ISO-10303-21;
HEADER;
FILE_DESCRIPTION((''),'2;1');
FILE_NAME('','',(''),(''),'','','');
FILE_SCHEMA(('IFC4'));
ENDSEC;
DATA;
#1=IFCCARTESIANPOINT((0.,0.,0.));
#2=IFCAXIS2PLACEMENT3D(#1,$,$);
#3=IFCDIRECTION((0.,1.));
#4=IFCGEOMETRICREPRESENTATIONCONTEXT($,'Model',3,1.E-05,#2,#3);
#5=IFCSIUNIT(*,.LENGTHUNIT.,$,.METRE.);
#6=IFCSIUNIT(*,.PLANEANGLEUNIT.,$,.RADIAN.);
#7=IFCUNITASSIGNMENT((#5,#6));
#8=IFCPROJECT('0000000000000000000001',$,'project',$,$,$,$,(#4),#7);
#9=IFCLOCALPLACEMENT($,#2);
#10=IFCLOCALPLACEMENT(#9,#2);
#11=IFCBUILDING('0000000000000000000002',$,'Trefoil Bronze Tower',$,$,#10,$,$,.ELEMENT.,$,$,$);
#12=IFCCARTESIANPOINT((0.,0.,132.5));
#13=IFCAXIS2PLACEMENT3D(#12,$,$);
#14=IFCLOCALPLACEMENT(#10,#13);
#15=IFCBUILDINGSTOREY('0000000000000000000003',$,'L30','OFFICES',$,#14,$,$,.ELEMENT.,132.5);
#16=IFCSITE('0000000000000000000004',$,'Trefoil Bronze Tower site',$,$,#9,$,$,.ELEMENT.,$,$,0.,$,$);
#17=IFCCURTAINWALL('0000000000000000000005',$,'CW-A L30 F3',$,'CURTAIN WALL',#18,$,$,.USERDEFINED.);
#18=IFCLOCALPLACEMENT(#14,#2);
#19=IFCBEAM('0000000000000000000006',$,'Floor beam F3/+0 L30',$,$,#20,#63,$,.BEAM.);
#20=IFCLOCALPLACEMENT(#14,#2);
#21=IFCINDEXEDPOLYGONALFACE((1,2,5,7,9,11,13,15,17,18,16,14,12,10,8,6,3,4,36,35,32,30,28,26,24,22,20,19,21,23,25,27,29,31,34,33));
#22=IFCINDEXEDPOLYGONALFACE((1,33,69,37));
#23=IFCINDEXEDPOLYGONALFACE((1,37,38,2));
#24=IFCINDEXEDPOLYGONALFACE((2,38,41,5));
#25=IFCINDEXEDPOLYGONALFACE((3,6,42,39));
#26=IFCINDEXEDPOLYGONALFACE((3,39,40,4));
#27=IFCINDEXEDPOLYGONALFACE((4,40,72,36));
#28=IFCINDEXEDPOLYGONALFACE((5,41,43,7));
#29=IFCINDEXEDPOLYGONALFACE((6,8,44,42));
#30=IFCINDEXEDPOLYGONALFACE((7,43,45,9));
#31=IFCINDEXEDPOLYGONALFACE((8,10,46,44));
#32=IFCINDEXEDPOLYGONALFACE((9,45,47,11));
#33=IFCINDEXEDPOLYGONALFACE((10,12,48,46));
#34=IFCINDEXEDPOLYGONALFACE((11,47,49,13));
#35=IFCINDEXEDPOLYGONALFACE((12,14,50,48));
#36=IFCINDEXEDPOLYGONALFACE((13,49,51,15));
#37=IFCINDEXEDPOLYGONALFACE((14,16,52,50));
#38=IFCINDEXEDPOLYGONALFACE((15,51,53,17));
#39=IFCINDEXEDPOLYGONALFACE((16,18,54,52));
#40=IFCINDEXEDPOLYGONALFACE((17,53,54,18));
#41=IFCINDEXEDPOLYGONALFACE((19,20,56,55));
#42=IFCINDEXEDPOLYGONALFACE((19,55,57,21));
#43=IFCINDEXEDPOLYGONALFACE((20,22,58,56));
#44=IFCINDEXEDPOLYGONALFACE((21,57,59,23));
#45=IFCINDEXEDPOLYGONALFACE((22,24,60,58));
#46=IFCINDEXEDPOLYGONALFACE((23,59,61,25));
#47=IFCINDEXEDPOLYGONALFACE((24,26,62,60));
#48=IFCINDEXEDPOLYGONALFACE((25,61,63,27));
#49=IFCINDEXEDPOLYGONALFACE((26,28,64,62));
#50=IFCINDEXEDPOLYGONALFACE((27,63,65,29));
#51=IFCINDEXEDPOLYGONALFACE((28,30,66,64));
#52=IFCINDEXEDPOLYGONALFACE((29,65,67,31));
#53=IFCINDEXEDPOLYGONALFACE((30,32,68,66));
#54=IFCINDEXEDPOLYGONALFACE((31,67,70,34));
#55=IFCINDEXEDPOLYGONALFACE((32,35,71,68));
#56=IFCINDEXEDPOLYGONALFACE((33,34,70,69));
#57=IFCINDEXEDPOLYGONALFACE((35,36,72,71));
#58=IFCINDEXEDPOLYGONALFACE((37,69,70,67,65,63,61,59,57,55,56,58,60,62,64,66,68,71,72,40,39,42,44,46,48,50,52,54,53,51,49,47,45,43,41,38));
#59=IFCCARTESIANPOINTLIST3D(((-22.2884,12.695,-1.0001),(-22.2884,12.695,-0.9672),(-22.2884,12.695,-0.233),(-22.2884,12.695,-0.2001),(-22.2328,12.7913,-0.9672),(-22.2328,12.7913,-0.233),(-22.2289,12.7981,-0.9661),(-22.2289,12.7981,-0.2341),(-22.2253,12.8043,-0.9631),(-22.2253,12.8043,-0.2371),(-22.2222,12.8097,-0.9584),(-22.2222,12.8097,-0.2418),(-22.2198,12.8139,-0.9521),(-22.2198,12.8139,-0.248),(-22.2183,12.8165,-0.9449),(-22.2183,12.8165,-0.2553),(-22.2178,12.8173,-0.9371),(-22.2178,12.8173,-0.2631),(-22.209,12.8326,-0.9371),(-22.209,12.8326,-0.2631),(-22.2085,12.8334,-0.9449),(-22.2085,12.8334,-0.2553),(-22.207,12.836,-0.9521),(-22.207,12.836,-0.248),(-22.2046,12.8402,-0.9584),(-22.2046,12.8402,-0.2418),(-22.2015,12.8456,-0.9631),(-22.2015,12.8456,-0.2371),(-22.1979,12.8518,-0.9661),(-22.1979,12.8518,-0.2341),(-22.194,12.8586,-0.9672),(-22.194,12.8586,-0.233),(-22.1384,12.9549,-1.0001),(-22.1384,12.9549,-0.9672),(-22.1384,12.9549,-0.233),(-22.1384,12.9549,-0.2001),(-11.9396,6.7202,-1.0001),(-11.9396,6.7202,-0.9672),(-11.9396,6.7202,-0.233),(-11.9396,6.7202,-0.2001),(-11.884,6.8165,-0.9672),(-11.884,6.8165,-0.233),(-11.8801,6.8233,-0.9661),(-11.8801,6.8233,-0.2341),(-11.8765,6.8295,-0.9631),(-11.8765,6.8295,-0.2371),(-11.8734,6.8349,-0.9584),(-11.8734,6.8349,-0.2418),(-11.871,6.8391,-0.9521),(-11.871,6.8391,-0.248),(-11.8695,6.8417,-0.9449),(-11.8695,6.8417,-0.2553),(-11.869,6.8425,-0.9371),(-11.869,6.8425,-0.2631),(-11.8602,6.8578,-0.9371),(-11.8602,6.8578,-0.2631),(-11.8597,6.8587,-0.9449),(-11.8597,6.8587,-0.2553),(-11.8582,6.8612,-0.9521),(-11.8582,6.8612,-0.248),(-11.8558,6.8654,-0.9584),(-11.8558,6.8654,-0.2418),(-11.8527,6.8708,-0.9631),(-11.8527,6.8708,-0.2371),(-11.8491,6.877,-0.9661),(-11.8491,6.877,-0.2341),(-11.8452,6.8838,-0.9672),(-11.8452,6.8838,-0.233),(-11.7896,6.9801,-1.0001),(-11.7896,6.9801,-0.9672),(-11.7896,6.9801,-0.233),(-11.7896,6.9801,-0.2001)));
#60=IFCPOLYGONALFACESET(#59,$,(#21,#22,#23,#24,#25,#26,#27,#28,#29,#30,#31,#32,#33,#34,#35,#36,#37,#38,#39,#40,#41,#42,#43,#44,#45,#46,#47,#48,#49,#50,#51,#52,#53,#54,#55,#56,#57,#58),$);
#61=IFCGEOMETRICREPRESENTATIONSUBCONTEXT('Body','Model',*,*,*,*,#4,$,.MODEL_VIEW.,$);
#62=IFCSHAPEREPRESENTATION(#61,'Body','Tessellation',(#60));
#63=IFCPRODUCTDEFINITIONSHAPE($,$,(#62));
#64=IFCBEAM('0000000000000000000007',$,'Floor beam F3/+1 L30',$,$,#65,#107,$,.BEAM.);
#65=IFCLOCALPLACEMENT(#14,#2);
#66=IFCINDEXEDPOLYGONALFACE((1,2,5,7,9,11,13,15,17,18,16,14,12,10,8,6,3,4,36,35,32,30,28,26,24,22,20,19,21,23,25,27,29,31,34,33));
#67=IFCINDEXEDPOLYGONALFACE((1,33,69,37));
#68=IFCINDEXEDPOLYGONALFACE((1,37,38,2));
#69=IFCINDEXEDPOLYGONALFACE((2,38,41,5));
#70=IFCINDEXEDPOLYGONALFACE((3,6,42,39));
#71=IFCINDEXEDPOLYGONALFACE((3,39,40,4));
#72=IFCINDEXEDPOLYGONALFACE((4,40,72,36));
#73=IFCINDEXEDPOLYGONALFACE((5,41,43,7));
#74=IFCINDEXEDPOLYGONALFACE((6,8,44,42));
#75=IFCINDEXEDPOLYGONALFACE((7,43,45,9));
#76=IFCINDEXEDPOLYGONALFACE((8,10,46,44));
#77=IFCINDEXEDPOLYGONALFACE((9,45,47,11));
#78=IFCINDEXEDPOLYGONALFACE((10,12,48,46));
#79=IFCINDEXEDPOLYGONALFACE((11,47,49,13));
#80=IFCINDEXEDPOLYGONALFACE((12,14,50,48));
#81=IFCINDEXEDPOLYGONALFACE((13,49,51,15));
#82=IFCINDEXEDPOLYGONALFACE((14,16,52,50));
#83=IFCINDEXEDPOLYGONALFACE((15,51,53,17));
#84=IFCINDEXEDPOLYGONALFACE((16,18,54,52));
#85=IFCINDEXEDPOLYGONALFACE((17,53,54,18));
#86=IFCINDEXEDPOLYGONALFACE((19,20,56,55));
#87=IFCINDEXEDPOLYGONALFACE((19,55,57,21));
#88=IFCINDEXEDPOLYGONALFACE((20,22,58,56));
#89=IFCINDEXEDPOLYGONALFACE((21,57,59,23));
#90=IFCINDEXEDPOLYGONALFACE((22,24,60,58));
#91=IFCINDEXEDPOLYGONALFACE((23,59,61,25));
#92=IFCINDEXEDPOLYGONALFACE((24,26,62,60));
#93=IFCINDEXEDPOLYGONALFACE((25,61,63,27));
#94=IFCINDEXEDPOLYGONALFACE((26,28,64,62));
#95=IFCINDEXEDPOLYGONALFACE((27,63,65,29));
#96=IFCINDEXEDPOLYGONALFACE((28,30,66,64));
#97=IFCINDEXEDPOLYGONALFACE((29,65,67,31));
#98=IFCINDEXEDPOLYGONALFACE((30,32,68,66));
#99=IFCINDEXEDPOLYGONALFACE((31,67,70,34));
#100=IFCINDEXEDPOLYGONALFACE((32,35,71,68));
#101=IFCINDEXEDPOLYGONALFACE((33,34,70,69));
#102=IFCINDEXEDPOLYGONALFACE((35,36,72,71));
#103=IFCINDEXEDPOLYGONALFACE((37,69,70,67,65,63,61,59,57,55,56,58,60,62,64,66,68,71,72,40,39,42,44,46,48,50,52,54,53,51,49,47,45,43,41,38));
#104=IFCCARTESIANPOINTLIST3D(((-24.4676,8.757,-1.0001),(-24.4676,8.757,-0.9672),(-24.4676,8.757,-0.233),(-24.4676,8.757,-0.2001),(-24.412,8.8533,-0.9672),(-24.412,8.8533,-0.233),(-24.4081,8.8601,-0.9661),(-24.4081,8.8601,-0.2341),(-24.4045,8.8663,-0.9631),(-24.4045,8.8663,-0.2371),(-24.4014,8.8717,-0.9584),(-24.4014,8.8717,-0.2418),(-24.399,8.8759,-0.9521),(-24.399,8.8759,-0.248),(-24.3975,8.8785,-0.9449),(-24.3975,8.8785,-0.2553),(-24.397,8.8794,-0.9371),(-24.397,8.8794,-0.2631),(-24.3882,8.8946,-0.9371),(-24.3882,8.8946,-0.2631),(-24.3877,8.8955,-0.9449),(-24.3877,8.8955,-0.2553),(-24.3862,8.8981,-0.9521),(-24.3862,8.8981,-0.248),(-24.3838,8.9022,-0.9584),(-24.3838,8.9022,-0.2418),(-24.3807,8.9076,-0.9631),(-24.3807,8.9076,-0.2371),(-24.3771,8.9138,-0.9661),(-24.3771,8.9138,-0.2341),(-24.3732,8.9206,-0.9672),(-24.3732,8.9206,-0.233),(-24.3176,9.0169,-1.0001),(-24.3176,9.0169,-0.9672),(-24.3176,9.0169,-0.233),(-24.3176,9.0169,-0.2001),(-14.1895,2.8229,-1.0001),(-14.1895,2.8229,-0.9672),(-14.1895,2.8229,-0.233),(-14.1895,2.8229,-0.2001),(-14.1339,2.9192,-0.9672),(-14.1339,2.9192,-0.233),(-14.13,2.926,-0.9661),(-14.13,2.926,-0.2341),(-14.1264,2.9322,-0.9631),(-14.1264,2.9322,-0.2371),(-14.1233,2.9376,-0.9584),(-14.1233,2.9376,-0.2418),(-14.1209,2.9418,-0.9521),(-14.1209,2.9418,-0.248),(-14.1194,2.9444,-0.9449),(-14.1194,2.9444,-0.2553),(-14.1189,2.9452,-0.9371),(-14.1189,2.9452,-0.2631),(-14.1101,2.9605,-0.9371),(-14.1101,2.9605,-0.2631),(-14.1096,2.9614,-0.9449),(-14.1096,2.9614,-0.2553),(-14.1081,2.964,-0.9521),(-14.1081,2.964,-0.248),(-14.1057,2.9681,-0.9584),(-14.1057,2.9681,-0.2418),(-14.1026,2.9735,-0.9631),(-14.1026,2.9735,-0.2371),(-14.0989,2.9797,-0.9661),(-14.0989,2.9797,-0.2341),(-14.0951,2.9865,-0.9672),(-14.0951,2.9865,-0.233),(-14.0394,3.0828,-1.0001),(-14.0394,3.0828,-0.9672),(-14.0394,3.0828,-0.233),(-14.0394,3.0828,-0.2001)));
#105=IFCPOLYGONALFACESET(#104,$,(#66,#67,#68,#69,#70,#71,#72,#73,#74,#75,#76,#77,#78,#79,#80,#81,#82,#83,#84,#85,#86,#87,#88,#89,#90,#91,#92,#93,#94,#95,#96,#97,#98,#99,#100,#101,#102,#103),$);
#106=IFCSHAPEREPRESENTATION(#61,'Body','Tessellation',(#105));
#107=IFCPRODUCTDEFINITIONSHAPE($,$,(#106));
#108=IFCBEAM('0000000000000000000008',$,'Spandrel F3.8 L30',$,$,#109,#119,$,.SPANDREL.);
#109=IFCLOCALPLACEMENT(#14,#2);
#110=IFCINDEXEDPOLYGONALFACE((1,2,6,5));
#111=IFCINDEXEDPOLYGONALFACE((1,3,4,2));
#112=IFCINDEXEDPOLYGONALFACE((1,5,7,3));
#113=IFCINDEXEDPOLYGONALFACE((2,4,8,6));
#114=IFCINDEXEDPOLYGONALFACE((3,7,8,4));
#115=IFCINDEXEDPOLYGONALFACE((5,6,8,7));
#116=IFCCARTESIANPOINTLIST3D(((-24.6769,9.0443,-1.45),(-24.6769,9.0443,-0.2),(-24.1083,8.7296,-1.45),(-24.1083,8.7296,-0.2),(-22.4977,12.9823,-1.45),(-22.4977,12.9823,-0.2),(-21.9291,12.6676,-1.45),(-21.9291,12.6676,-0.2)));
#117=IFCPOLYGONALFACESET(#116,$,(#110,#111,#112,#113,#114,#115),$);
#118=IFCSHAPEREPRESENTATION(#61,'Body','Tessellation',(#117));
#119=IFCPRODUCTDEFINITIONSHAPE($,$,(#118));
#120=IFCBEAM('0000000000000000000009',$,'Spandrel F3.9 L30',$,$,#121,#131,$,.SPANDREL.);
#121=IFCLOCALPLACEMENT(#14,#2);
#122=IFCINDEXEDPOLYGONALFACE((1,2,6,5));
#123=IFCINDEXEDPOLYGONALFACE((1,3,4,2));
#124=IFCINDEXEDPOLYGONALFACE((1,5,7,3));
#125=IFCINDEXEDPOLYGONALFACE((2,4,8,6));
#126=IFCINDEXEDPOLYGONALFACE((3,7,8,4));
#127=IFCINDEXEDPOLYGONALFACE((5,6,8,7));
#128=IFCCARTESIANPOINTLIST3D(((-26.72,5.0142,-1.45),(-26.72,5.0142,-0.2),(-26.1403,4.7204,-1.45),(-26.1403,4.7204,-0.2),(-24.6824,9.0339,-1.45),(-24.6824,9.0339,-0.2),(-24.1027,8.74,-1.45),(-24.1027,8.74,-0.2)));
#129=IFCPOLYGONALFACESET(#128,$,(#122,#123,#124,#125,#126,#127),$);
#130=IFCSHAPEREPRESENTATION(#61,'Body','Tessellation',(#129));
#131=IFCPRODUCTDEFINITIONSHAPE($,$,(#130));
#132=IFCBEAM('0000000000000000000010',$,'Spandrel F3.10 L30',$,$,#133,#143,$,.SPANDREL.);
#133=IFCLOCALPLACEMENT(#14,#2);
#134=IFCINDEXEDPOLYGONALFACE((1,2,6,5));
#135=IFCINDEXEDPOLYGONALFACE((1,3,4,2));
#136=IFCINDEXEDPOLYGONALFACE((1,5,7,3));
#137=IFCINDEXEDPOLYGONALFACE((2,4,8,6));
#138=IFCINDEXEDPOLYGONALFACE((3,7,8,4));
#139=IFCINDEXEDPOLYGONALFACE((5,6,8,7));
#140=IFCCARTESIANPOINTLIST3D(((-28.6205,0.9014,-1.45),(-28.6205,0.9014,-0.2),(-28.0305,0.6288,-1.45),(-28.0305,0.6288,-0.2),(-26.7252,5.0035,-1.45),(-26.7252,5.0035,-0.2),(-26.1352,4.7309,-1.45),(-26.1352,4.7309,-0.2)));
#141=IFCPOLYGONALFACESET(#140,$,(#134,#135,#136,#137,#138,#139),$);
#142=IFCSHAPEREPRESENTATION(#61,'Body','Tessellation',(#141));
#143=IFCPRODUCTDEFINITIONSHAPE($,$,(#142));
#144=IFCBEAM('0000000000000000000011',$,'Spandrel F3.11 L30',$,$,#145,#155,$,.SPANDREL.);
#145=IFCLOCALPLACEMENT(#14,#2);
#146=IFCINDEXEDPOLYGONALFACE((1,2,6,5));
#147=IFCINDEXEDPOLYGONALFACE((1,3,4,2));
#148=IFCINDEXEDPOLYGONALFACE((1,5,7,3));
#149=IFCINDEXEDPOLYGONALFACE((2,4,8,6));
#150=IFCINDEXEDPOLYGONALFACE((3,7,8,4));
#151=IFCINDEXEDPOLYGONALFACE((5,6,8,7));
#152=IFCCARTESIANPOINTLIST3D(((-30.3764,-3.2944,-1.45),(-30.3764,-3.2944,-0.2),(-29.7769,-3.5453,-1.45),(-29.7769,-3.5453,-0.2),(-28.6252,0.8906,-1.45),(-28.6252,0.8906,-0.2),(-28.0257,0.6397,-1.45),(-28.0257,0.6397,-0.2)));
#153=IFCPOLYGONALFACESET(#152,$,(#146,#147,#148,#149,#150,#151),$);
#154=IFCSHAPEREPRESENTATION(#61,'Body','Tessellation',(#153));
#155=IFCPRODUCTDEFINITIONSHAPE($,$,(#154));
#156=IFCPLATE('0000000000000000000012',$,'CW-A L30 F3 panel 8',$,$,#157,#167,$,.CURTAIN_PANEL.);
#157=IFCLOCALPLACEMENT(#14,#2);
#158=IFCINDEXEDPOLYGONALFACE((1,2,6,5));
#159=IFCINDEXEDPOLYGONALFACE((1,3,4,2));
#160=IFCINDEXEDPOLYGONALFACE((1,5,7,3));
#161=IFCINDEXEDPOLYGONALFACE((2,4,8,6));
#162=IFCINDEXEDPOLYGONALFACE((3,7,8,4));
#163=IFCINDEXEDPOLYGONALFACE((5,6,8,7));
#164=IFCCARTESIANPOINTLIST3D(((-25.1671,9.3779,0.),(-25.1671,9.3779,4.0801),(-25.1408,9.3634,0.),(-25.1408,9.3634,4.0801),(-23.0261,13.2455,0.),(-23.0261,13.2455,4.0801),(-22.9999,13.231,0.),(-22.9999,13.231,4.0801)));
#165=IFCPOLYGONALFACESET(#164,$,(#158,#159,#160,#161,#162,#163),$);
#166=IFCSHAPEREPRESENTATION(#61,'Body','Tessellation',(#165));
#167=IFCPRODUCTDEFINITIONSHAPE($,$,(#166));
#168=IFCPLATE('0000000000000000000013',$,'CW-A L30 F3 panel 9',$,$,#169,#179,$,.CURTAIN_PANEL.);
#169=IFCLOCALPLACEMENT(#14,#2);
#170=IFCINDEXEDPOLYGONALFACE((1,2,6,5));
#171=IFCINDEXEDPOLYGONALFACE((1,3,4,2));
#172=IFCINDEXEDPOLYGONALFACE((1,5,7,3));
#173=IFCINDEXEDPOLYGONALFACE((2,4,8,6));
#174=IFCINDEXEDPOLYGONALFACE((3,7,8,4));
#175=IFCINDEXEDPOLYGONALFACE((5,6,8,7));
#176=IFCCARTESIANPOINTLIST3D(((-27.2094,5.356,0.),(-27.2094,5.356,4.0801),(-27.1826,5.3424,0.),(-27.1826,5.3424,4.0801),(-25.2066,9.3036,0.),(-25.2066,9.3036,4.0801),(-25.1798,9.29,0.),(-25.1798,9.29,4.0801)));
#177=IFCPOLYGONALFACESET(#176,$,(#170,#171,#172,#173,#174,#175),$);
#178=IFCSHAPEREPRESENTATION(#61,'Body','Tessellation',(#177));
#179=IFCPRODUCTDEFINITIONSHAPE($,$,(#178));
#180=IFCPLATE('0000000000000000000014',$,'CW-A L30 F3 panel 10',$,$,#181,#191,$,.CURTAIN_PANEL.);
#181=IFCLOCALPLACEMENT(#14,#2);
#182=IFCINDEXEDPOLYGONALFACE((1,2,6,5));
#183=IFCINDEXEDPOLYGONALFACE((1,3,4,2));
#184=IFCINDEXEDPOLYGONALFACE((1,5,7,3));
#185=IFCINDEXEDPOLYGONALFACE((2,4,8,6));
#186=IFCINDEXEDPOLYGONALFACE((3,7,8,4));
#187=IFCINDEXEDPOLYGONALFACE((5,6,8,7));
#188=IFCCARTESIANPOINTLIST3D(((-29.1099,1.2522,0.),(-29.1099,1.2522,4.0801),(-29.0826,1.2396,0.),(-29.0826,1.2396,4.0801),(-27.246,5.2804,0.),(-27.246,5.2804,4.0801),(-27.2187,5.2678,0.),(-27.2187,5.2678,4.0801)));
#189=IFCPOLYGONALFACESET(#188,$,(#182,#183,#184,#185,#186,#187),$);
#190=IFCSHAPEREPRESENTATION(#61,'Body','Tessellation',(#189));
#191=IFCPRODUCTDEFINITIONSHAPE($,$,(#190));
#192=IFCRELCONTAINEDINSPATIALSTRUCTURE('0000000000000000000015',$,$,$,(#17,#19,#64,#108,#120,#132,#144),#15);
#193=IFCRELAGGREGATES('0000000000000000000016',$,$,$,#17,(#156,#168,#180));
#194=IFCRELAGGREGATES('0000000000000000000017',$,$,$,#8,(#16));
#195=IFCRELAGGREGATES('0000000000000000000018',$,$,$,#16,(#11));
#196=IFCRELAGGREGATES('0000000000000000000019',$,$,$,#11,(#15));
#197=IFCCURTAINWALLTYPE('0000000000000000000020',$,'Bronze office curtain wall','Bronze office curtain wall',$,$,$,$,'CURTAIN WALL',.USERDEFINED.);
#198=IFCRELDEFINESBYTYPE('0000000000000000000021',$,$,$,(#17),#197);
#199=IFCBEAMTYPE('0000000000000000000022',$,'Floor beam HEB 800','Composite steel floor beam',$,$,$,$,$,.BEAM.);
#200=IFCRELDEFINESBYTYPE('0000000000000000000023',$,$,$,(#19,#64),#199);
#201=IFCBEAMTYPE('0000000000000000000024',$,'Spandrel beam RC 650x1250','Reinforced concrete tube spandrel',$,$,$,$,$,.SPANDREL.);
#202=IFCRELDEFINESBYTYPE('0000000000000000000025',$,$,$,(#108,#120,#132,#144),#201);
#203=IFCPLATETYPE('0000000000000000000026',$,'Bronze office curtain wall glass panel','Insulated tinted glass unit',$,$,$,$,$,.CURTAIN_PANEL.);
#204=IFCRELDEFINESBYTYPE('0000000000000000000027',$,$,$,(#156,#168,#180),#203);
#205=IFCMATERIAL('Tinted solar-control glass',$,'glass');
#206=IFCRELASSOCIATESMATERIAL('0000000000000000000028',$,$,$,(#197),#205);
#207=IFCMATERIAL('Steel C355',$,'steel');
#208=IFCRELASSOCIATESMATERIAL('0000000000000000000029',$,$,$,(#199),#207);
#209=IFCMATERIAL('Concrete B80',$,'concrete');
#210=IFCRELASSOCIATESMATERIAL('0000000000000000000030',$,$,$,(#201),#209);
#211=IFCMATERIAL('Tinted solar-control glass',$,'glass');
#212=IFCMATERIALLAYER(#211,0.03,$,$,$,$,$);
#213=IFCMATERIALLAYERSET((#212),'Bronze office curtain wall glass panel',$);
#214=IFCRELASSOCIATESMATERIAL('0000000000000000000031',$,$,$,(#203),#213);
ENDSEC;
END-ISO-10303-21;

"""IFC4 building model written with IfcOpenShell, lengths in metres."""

from ifc_helpers import new_model, si_unit, direction, frame, origin, origin_2d, place, context, subcontext, project, spatial, rectangle, i_section, extrude, material, layer, layer_set, material_profile, profile_set, type_object, element, aggregate, save


model = new_model("IFC4")

# Units and contexts
model_context = context("Model", 3, precision=1e-05, world=origin(), true_north=direction((0.0, 1.0)))
body_context = subcontext(model_context, "Body", "Model", "MODEL_VIEW")
ifc_project = project(units=[si_unit("LENGTHUNIT", "METRE"), si_unit("PLANEANGLEUNIT", "RADIAN")], contexts=[model_context])

# Site, building, storey
site_placement = place(None, origin())
site = spatial("IfcSite", under=ifc_project, at=site_placement, Name="Trefoil Bronze Tower site", CompositionType="ELEMENT", RefElevation=0.0)
building_placement = place(site_placement, origin())
building = spatial("IfcBuilding", under=site, at=building_placement, Name="Trefoil Bronze Tower", CompositionType="ELEMENT")
storey_placement = place(building_placement, frame((0.0, 0.0, 132.5)))
storey = spatial("IfcBuildingStorey", under=building, at=storey_placement, Name="L30", Description="OFFICES", CompositionType="ELEMENT", Elevation=132.5)

# Curtain wall
ifc_material_1 = material(Name="Tinted solar-control glass", Category="glass")
curtain_wall_type = type_object("IfcCurtainWallType", Name="Bronze office curtain wall", Description="Bronze office curtain wall", ElementType="CURTAIN WALL", PredefinedType="USERDEFINED", material=ifc_material_1)
curtain_wall_placement = place(storey_placement, origin())
curtain_wall = element("IfcCurtainWall", 1, at=curtain_wall_placement, inside=storey, type_object=curtain_wall_type, Name="CW-A L30 F3", ObjectType="CURTAIN WALL", PredefinedType="USERDEFINED")

# Beams
ifc_material_2 = material(Name="Steel C355", Category="steel")
ifc_material_profile_1 = material_profile(ifc_material_2, i_section(OverallWidth=0.3, OverallDepth=0.8, WebThickness=0.0176, FlangeThickness=0.033, FilletRadius=0.03, at=origin_2d()), Name="HEB 800")
ifc_profile_set_1 = profile_set([ifc_material_profile_1], Name="Steel C355")
beam_type_1 = type_object("IfcBeamType", Name="Floor beam HEB 800", Description="Composite steel floor beam", PredefinedType="BEAM", material=ifc_profile_set_1)
beam_1_placement = place(storey_placement, frame((-22.2134, 12.825, -0.6001), z_axis=(0.866028, -0.499995, 0.0), x_axis=(0.499995, 0.866028, 0.0)))
element("IfcBeam", 2, at=beam_1_placement, inside=storey, type_object=beam_type_1, Name="Floor beam F3/+0 L30", PredefinedType="BEAM", context=body_context, shape_type="SweptSolid", body=[
    extrude(i_section(OverallWidth=0.3, OverallDepth=0.8, WebThickness=0.0176, FlangeThickness=0.033, FilletRadius=0.03, at=origin_2d()), origin(), (0.0, 0.0, 1.0), 11.9497),
])
beam_2_placement = place(storey_placement, frame((-24.3926, 8.887, -0.6001), z_axis=(0.866024, -0.500002, 0.0), x_axis=(0.500002, 0.866024, 0.0)))
element("IfcBeam", 3, at=beam_2_placement, inside=storey, type_object=beam_type_1, Name="Floor beam F3/+1 L30", PredefinedType="BEAM", context=body_context, shape_type="SweptSolid", body=[
    extrude(i_section(OverallWidth=0.3, OverallDepth=0.8, WebThickness=0.0176, FlangeThickness=0.033, FilletRadius=0.03, at=origin_2d()), origin(), (0.0, 0.0, 1.0), 11.8682),
])
ifc_material_3 = material(Name="Concrete B80", Category="concrete")
ifc_material_profile_2 = material_profile(ifc_material_3, rectangle(XDim=0.6499, YDim=1.25, at=origin_2d()), Name="RC 650x1250")
ifc_profile_set_2 = profile_set([ifc_material_profile_2], Name="Concrete B80")
beam_type_2 = type_object("IfcBeamType", Name="Spandrel beam RC 650x1250", Description="Reinforced concrete tube spandrel", PredefinedType="SPANDREL", material=ifc_profile_set_2)
beam_3_placement = place(storey_placement, frame((-22.2134, 12.825, -0.825), z_axis=(-0.484187, -0.874965, 0.0), x_axis=(0.874965, -0.484187, 0.0)))
element("IfcBeam", 4, at=beam_3_placement, inside=storey, type_object=beam_type_2, Name="Spandrel F3.8 L30", PredefinedType="SPANDREL", context=body_context, shape_type="SweptSolid", body=[
    extrude(rectangle(XDim=0.6499, YDim=1.25, at=origin_2d()), origin(), (0.0, 0.0, 1.0), 4.5007),
])
beam_4_placement = place(storey_placement, frame((-24.3926, 8.887, -0.825), z_axis=(-0.452126, -0.891954, 0.0), x_axis=(0.891954, -0.452126, 0.0)))
element("IfcBeam", 5, at=beam_4_placement, inside=storey, type_object=beam_type_2, Name="Spandrel F3.9 L30", PredefinedType="SPANDREL", context=body_context, shape_type="SweptSolid", body=[
    extrude(rectangle(XDim=0.6499, YDim=1.25, at=origin_2d()), origin(), (0.0, 0.0, 1.0), 4.5066),
])
beam_5_placement = place(storey_placement, frame((-26.4302, 4.8672, -0.825), z_axis=(-0.419425, -0.90779, 0.0), x_axis=(0.90779, -0.419425, 0.0)))
element("IfcBeam", 6, at=beam_5_placement, inside=storey, type_object=beam_type_2, Name="Spandrel F3.10 L30", PredefinedType="SPANDREL", context=body_context, shape_type="SweptSolid", body=[
    extrude(rectangle(XDim=0.6499, YDim=1.25, at=origin_2d()), origin(), (0.0, 0.0, 1.0), 4.5188),
])
beam_6_placement = place(storey_placement, frame((-28.3254, 0.7651, -0.825), z_axis=(-0.386013, -0.922493, 0.0), x_axis=(0.922493, -0.386013, 0.0)))
element("IfcBeam", 7, at=beam_6_placement, inside=storey, type_object=beam_type_2, Name="Spandrel F3.11 L30", PredefinedType="SPANDREL", context=body_context, shape_type="SweptSolid", body=[
    extrude(rectangle(XDim=0.6499, YDim=1.25, at=origin_2d()), origin(), (0.0, 0.0, 1.0), 4.5366),
])

# Plates
ifc_material_4 = material(Name="Tinted solar-control glass", Category="glass")
ifc_layer_1 = layer(ifc_material_4, 0.03)
ifc_layer_set_1 = layer_set([ifc_layer_1], Name="Bronze office curtain wall glass panel")
plate_type = type_object("IfcPlateType", Name="Bronze office curtain wall glass panel", Description="Insulated tinted glass unit", PredefinedType="CURTAIN_PANEL", material=ifc_layer_set_1)
plate_1_placement = place(storey_placement, frame((-24.0835, 11.3044, 0.0), z_axis=(0.0, 0.0, 1.0), x_axis=(-0.484312, -0.874895, 0.0)))
plate_1 = element("IfcPlate", 8, at=plate_1_placement, type_object=plate_type, Name="CW-A L30 F3 panel 8", PredefinedType="CURTAIN_PANEL", context=body_context, shape_type="SweptSolid", body=[
    extrude(rectangle(XDim=4.4207, YDim=0.03, at=origin_2d()), origin(), (0.0, 0.0, 1.0), 4.0801),
])
plate_2_placement = place(storey_placement, frame((-26.1946, 7.323, 0.0), z_axis=(0.0, 0.0, 1.0), x_axis=(-0.452449, -0.89179, 0.0)))
plate_2 = element("IfcPlate", 9, at=plate_2_placement, type_object=plate_type, Name="CW-A L30 F3 panel 9", PredefinedType="CURTAIN_PANEL", context=body_context, shape_type="SweptSolid", body=[
    extrude(rectangle(XDim=4.4265, YDim=0.03, at=origin_2d()), origin(), (0.0, 0.0, 1.0), 4.0801),
])
plate_3_placement = place(storey_placement, frame((-28.1643, 3.26, 0.0), z_axis=(0.0, 0.0, 1.0), x_axis=(-0.419933, -0.907555, 0.0)))
plate_3 = element("IfcPlate", 10, at=plate_3_placement, type_object=plate_type, Name="CW-A L30 F3 panel 10", PredefinedType="CURTAIN_PANEL", context=body_context, shape_type="SweptSolid", body=[
    extrude(rectangle(XDim=4.4385, YDim=0.03, at=origin_2d()), origin(), (0.0, 0.0, 1.0), 4.0801),
])
aggregate(curtain_wall, [plate_1, plate_2, plate_3])

save(model, "model.ifc")
